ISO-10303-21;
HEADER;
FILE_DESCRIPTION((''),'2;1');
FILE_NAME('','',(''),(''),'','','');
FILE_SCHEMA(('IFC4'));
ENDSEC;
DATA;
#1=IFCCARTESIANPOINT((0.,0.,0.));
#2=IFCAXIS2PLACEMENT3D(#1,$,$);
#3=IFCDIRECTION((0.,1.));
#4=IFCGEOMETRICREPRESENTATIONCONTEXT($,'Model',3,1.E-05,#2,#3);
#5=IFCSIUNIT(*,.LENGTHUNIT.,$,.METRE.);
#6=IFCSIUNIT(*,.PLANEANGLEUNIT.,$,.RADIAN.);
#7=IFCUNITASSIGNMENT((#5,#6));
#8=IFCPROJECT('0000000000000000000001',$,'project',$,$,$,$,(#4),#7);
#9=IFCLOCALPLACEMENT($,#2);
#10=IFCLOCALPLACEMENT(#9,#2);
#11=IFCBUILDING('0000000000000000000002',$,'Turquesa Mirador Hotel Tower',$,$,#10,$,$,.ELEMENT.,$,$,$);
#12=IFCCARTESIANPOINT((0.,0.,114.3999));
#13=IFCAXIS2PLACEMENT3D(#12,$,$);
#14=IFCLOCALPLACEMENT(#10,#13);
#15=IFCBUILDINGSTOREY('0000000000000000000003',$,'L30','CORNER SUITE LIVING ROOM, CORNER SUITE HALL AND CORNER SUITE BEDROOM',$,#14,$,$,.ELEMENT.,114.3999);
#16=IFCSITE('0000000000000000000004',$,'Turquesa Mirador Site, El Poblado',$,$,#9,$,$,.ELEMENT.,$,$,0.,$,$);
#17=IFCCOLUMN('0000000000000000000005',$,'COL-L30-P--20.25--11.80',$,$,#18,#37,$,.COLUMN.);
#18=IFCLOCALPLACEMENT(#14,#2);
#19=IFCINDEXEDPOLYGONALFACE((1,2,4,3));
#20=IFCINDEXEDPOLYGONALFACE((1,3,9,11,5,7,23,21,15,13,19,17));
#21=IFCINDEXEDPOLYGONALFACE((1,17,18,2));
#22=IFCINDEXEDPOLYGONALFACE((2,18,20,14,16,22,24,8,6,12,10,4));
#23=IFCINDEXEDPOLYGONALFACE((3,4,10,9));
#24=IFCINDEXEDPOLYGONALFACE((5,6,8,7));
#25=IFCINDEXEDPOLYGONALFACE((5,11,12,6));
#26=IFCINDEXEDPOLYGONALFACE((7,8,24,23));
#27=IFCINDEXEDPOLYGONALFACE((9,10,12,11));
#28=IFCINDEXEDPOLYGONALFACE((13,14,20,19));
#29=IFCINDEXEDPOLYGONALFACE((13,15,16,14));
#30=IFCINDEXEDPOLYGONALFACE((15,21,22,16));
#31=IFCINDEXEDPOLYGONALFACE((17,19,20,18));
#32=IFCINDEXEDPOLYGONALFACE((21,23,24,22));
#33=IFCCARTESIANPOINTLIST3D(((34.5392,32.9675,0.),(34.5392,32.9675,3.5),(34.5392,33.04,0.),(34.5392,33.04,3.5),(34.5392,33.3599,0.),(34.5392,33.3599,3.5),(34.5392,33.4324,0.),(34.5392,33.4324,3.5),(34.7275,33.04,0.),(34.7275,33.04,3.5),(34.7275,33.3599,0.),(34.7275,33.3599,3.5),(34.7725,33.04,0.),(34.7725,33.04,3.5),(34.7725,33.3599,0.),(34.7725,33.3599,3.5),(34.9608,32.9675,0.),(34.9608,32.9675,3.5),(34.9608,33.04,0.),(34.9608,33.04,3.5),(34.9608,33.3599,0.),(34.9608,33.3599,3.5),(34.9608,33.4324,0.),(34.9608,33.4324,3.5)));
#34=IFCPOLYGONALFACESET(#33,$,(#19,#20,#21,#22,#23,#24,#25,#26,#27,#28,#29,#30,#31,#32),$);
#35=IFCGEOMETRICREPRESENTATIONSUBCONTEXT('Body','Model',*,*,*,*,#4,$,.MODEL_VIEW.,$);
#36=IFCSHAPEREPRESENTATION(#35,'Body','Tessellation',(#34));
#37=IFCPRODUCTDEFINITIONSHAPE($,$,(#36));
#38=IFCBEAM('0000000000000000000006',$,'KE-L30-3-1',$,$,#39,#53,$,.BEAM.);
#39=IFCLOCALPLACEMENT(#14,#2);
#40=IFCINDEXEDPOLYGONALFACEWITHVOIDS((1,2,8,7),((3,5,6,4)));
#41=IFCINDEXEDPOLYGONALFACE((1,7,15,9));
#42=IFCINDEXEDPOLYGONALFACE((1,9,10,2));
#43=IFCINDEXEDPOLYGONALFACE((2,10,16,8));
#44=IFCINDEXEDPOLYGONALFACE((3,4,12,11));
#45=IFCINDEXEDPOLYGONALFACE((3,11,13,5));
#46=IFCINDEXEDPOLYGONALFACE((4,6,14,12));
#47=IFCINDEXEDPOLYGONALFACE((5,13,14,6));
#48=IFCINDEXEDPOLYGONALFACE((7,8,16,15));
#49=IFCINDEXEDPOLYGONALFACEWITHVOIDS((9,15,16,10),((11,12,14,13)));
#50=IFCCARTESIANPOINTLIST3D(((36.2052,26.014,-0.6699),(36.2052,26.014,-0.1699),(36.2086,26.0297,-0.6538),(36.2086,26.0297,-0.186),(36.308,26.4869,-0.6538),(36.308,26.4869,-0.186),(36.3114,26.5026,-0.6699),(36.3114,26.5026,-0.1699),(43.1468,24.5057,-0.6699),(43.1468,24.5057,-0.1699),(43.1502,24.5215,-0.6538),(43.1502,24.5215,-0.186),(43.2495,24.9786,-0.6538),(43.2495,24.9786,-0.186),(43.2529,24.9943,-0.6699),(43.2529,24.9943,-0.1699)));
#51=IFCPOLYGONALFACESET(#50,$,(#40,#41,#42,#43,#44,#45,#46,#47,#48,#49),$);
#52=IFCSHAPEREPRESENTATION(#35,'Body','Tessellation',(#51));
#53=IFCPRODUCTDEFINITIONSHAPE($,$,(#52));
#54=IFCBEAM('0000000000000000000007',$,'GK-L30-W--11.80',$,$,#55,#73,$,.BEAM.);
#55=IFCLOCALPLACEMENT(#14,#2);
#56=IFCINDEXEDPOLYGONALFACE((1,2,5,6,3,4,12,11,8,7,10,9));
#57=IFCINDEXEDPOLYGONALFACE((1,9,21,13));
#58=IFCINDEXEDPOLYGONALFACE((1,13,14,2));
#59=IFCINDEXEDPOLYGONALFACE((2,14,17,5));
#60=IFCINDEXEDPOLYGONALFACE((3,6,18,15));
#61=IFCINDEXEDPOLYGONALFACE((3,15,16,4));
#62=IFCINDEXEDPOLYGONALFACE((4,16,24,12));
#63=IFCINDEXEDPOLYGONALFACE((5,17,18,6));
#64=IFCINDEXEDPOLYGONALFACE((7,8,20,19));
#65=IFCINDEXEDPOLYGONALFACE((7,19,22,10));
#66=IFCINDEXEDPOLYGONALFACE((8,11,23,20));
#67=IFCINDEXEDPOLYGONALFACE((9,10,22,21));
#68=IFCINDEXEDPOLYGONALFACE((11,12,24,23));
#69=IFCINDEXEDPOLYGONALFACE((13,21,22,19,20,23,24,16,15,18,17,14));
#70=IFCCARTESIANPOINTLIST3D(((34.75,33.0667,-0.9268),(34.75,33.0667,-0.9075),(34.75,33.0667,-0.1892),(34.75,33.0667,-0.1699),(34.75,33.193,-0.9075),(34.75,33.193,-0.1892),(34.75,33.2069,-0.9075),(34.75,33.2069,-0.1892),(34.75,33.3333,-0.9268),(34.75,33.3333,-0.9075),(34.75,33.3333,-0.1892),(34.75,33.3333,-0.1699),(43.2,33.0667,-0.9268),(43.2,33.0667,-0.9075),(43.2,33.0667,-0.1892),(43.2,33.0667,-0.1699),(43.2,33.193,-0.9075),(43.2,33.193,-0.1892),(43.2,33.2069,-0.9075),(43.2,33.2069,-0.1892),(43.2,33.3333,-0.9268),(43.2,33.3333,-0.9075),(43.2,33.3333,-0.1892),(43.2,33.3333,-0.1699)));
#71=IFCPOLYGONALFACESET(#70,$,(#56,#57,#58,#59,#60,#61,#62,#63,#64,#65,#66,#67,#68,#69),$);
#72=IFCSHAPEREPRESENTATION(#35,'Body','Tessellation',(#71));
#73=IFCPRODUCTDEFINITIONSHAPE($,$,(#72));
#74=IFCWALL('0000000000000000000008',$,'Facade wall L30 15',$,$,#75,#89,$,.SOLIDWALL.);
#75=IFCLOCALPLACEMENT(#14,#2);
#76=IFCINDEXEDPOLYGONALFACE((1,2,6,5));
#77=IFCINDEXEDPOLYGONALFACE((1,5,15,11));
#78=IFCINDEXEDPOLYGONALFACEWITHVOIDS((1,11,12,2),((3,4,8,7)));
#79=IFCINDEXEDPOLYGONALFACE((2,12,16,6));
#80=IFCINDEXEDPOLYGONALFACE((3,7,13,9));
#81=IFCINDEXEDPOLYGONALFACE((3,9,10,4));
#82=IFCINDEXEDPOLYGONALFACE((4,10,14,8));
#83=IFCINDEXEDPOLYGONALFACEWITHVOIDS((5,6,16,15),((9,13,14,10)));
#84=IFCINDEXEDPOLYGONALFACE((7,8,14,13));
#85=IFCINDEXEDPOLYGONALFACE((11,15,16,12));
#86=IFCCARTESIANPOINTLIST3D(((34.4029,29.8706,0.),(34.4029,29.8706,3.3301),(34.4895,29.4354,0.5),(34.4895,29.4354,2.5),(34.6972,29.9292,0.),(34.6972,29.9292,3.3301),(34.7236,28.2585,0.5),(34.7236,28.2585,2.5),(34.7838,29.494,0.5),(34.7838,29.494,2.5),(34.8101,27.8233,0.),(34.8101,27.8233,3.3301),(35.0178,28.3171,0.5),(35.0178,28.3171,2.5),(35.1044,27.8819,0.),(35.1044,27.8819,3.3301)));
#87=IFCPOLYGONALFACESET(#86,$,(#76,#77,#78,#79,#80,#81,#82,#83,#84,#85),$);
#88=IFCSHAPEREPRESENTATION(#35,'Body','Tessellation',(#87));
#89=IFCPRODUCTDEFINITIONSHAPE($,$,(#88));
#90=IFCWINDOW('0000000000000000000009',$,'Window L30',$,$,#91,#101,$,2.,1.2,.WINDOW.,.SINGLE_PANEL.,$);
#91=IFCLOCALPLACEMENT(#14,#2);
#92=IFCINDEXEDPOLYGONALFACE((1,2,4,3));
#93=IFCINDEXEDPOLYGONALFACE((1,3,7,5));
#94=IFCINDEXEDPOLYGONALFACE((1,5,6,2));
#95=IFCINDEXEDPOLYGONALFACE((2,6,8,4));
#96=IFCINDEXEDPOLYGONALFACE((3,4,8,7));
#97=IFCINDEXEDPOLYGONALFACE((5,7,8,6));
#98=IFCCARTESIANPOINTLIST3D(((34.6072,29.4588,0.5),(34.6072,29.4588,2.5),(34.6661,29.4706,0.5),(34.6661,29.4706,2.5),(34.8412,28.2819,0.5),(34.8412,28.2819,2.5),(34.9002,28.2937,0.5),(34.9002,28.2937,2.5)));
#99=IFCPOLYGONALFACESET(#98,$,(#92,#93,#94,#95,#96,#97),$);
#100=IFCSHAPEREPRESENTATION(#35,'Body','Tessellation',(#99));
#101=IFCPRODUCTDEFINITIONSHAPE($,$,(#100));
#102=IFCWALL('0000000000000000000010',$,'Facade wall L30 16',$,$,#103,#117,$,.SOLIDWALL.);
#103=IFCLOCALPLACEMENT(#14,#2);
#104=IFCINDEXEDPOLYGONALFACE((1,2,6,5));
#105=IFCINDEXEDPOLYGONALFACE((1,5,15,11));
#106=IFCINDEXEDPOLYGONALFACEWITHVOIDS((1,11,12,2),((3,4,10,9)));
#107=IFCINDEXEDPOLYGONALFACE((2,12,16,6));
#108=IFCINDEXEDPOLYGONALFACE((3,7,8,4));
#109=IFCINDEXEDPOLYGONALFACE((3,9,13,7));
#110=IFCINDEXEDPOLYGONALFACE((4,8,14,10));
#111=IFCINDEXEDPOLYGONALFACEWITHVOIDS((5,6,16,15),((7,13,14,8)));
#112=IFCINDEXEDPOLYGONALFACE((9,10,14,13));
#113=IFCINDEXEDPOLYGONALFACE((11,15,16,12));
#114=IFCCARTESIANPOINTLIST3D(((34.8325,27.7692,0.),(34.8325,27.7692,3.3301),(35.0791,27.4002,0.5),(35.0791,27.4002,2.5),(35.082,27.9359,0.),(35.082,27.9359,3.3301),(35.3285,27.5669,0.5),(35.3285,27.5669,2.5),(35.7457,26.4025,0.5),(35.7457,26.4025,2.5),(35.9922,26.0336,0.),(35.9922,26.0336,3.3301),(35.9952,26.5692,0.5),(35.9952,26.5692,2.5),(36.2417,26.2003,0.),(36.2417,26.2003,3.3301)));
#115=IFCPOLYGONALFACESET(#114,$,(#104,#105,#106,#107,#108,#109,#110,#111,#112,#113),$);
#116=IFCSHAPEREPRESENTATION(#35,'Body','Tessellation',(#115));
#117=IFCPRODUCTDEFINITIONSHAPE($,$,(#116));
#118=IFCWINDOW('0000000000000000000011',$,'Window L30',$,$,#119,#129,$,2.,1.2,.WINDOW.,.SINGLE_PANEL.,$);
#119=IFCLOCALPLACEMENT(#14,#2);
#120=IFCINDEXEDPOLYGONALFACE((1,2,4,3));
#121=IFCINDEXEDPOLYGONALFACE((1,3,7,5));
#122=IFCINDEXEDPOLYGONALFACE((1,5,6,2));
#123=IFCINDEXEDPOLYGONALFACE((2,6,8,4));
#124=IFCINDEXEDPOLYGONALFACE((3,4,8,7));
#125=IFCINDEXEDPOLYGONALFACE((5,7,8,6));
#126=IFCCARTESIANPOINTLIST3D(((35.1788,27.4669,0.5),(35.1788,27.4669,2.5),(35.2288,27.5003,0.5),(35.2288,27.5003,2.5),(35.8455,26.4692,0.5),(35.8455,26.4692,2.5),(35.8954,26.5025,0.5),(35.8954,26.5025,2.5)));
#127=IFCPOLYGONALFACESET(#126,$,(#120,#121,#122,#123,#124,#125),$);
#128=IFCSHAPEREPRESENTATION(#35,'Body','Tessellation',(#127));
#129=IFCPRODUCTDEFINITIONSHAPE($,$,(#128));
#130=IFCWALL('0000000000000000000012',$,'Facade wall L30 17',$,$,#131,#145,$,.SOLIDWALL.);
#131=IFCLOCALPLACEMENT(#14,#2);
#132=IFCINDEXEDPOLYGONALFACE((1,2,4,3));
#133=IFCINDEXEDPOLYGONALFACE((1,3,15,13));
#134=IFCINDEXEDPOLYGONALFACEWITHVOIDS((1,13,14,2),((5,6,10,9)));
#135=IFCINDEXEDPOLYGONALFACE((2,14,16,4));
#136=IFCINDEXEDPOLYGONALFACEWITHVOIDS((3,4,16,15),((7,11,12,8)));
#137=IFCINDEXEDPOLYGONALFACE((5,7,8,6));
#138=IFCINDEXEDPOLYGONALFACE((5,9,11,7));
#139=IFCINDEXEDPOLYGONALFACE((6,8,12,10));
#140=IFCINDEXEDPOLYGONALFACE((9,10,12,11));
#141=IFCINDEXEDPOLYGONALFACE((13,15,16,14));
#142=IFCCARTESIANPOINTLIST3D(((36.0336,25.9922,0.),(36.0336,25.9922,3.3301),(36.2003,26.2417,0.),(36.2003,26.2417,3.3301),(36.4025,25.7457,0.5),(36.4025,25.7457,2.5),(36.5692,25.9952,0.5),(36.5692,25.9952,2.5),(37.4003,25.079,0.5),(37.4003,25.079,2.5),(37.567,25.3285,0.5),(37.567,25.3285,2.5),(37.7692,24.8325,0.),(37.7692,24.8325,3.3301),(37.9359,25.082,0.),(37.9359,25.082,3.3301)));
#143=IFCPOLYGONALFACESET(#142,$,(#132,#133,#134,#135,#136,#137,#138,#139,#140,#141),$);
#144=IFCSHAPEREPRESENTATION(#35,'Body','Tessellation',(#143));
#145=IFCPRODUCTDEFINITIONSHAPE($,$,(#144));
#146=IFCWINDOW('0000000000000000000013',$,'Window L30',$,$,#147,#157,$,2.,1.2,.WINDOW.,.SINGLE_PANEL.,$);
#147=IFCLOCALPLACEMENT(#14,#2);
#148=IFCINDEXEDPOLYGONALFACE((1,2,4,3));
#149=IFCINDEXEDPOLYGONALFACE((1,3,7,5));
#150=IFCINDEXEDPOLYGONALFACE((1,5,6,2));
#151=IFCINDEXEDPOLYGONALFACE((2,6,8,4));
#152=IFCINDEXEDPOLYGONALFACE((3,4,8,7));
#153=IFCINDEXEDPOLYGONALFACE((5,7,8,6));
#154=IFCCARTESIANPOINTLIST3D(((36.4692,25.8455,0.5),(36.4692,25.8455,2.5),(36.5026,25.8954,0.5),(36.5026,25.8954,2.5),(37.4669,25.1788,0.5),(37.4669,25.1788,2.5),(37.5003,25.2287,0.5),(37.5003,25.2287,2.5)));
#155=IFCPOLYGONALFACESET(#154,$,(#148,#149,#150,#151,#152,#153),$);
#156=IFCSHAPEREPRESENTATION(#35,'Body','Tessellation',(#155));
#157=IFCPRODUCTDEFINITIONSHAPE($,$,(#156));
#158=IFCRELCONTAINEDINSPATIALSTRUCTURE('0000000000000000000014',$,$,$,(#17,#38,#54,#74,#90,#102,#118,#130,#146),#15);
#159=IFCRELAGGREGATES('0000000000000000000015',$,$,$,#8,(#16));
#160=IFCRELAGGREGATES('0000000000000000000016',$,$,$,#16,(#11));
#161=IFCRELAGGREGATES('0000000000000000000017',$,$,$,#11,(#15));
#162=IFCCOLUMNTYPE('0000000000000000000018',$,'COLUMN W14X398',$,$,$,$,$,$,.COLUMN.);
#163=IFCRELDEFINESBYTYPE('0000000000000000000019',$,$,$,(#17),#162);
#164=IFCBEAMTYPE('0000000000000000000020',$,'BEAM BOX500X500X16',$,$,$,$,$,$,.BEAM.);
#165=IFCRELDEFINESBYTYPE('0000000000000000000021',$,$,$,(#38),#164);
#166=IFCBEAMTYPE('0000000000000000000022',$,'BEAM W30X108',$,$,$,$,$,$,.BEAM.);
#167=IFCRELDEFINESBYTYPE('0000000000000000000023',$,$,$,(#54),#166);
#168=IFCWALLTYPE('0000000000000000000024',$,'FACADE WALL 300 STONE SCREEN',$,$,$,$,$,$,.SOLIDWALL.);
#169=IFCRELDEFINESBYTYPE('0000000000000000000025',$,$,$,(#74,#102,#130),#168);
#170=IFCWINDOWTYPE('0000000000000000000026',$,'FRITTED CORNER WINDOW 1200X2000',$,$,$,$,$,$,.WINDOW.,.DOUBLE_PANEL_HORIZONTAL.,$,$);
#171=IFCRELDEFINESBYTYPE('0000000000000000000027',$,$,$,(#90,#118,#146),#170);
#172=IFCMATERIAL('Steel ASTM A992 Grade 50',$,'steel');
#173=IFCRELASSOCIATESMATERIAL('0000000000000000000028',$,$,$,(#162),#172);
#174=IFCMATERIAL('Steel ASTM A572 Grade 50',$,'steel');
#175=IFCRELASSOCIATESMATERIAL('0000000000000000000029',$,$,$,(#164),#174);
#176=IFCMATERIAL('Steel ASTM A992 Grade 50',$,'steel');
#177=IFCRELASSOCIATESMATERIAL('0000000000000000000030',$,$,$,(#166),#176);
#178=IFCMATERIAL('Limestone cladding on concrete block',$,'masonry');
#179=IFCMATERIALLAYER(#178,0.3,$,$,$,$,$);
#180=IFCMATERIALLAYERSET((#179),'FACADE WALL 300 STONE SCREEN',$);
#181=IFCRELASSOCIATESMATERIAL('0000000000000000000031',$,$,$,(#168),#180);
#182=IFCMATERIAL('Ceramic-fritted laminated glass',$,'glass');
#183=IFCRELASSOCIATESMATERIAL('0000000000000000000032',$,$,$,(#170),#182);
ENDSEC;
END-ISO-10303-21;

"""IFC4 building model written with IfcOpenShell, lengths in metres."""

from ifc_helpers import new_model, si_unit, direction, frame, frame_2d, origin, origin_2d, place, context, subcontext, project, spatial, rectangle, hollow_rectangle, i_section, extrude, material, layer, layer_set, material_profile, profile_set, type_object, element, fill, save


model = new_model("IFC4")

# Units and contexts
model_context = context("Model", 3, precision=1e-05, world=origin(), true_north=direction((0.0, 1.0)))
body_context = subcontext(model_context, "Body", "Model", "MODEL_VIEW")
ifc_project = project(units=[si_unit("LENGTHUNIT", "METRE"), si_unit("PLANEANGLEUNIT", "RADIAN")], contexts=[model_context])

# Site, building, storey
site_placement = place(None, origin())
site = spatial("IfcSite", under=ifc_project, at=site_placement, Name="Turquesa Mirador Site, El Poblado", CompositionType="ELEMENT", RefElevation=0.0)
building_placement = place(site_placement, origin())
building = spatial("IfcBuilding", under=site, at=building_placement, Name="Turquesa Mirador Hotel Tower", CompositionType="ELEMENT")
storey_placement = place(building_placement, frame((0.0, 0.0, 114.3999)))
storey = spatial("IfcBuildingStorey", under=building, at=storey_placement, Name="L30", Description="CORNER SUITE LIVING ROOM, CORNER SUITE HALL AND CORNER SUITE BEDROOM", CompositionType="ELEMENT", Elevation=114.3999)

# Column
ifc_material_1 = material(Name="Steel ASTM A992 Grade 50", Category="steel")
ifc_material_profile_1 = material_profile(ifc_material_1, i_section(OverallWidth=0.4216, OverallDepth=0.4648, WebThickness=0.0449, FlangeThickness=0.0725, at=origin_2d()), Name="W14X398")
ifc_profile_set_1 = profile_set([ifc_material_profile_1], Name="Steel ASTM A992 Grade 50")
column_type = type_object("IfcColumnType", Name="COLUMN W14X398", PredefinedType="COLUMN", material=ifc_profile_set_1)
column_placement = place(storey_placement, frame((34.75, 33.2, 0.0), z_axis=(0.0, 0.0, 1.0), x_axis=(1.0, 0.0, 0.0)))
element("IfcColumn", 1, at=column_placement, inside=storey, type_object=column_type, Name="COL-L30-P--20.25--11.80", PredefinedType="COLUMN", context=body_context, shape_type="SweptSolid", body=[
    extrude(i_section(OverallWidth=0.4216, OverallDepth=0.4648, WebThickness=0.0449, FlangeThickness=0.0725, at=origin_2d()), origin(), (0.0, 0.0, 1.0), 3.5),
])

# Beams
ifc_material_2 = material(Name="Steel ASTM A572 Grade 50", Category="steel")
ifc_material_profile_2 = material_profile(ifc_material_2, hollow_rectangle(XDim=0.5, YDim=0.5, WallThickness=0.0161, at=origin_2d()), Name="BOX500X500X16")
ifc_profile_set_2 = profile_set([ifc_material_profile_2], Name="Steel ASTM A572 Grade 50")
beam_type_1 = type_object("IfcBeamType", Name="BEAM BOX500X500X16", PredefinedType="BEAM", material=ifc_profile_set_2)
beam_1_placement = place(storey_placement, frame((36.2583, 26.2583, -0.4199), z_axis=(0.977198, -0.212328, 0.0), x_axis=(0.212328, 0.977198, 0.0)))
element("IfcBeam", 2, at=beam_1_placement, inside=storey, type_object=beam_type_1, Name="KE-L30-3-1", PredefinedType="BEAM", context=body_context, shape_type="SweptSolid", body=[
    extrude(hollow_rectangle(XDim=0.5, YDim=0.5, WallThickness=0.0161, at=origin_2d()), origin(), (0.0, 0.0, 1.0), 7.1035),
])
ifc_material_3 = material(Name="Steel ASTM A992 Grade 50", Category="steel")
ifc_material_profile_3 = material_profile(ifc_material_3, i_section(OverallWidth=0.2666, OverallDepth=0.7568, WebThickness=0.0139, FlangeThickness=0.0193, at=origin_2d()), Name="W30X108")
ifc_profile_set_3 = profile_set([ifc_material_profile_3], Name="Steel ASTM A992 Grade 50")
beam_type_2 = type_object("IfcBeamType", Name="BEAM W30X108", PredefinedType="BEAM", material=ifc_profile_set_3)
beam_2_placement = place(storey_placement, frame((34.75, 33.2, -0.5483), z_axis=(1.0, 0.0, 0.0), x_axis=(0.0, 1.0, 0.0)))
element("IfcBeam", 3, at=beam_2_placement, inside=storey, type_object=beam_type_2, Name="GK-L30-W--11.80", PredefinedType="BEAM", context=body_context, shape_type="SweptSolid", body=[
    extrude(i_section(OverallWidth=0.2666, OverallDepth=0.7568, WebThickness=0.0139, FlangeThickness=0.0193, at=origin_2d()), origin(), (0.0, 0.0, 1.0), 8.45),
])

# Walls, openings, windows
ifc_material_4 = material(Name="Limestone cladding on concrete block", Category="masonry")
ifc_layer_1 = layer(ifc_material_4, 0.3)
ifc_layer_set_1 = layer_set([ifc_layer_1], Name="FACADE WALL 300 STONE SCREEN")
wall_type_1 = type_object("IfcWallType", Name="FACADE WALL 300 STONE SCREEN", PredefinedType="SOLIDWALL", material=ifc_layer_set_1)
wall_1_placement = place(storey_placement, frame((34.55, 29.8999, 0.0), z_axis=(0.0, 0.0, 1.0), x_axis=(0.195081, -0.980787, 0.0)))
wall_1 = element("IfcWall", 4, at=wall_1_placement, inside=storey, type_object=wall_type_1, Name="Facade wall L30 15", PredefinedType="SOLIDWALL", context=body_context, shape_type="SweptSolid", body=[
    extrude(rectangle(XDim=2.0874, YDim=0.3, at=frame_2d((1.0437, 0.0))), origin(), (0.0, 0.0, 1.0), 3.3301),
])
opening_1_placement = place(wall_1_placement, frame((0.4436, 0.0, 0.5)))
opening_1 = element("IfcOpeningElement", 5, at=opening_1_placement, cuts=wall_1, PredefinedType="OPENING", context=body_context, shape_type="SweptSolid", body=[
    extrude(rectangle(XDim=1.2, YDim=2.0, at=frame_2d((0.6001, 1.0))), frame((0.0, 0.1599, 0.0), z_axis=(0.0, -1.0, 0.0), x_axis=(1.0, 0.0, 0.0)), (0.0, 0.0, 1.0), 0.3201),
])
ifc_material_5 = material(Name="Ceramic-fritted laminated glass", Category="glass")
window_type_1 = type_object("IfcWindowType", Name="FRITTED CORNER WINDOW 1200X2000", PartitioningType="DOUBLE_PANEL_HORIZONTAL", PredefinedType="WINDOW", material=ifc_material_5)
window_1_placement = place(opening_1_placement, origin())
window_1 = element("IfcWindow", 6, at=window_1_placement, inside=storey, type_object=window_type_1, Name="Window L30", OverallHeight=2.0, OverallWidth=1.2, PartitioningType="SINGLE_PANEL", PredefinedType="WINDOW", context=body_context, shape_type="SweptSolid", body=[
    extrude(rectangle(XDim=1.2, YDim=2.0, at=frame_2d((0.6001, 1.0))), frame((0.0, 0.03, 0.0), z_axis=(0.0, -1.0, 0.0), x_axis=(1.0, 0.0, 0.0)), (0.0, 0.0, 1.0), 0.0601),
])
fill(opening_1, window_1)
wall_2_placement = place(storey_placement, frame((34.9573, 27.8525, 0.0), z_axis=(0.0, 0.0, 1.0), x_axis=(0.555564, -0.831474, 0.0)))
wall_2 = element("IfcWall", 7, at=wall_2_placement, inside=storey, type_object=wall_type_1, Name="Facade wall L30 16", PredefinedType="SOLIDWALL", context=body_context, shape_type="SweptSolid", body=[
    extrude(rectangle(XDim=2.0874, YDim=0.3, at=frame_2d((1.0437, 0.0))), origin(), (0.0, 0.0, 1.0), 3.3301),
])
opening_2_placement = place(wall_2_placement, frame((0.4436, 0.0, 0.5)))
opening_2 = element("IfcOpeningElement", 8, at=opening_2_placement, cuts=wall_2, PredefinedType="OPENING", context=body_context, shape_type="SweptSolid", body=[
    extrude(rectangle(XDim=1.2, YDim=2.0, at=frame_2d((0.6001, 1.0))), frame((0.0, 0.1599, 0.0), z_axis=(0.0, -1.0, 0.0), x_axis=(1.0, 0.0, 0.0)), (0.0, 0.0, 1.0), 0.3201),
])
window_2_placement = place(opening_2_placement, origin())
window_2 = element("IfcWindow", 9, at=window_2_placement, inside=storey, type_object=window_type_1, Name="Window L30", OverallHeight=2.0, OverallWidth=1.2, PartitioningType="SINGLE_PANEL", PredefinedType="WINDOW", context=body_context, shape_type="SweptSolid", body=[
    extrude(rectangle(XDim=1.2, YDim=2.0, at=frame_2d((0.6001, 1.0))), frame((0.0, 0.03, 0.0), z_axis=(0.0, -1.0, 0.0), x_axis=(1.0, 0.0, 0.0)), (0.0, 0.0, 1.0), 0.0601),
])
fill(opening_2, window_2)
wall_3_placement = place(storey_placement, frame((36.1169, 26.1169, 0.0), z_axis=(0.0, 0.0, 1.0), x_axis=(0.831474, -0.555564, 0.0)))
wall_3 = element("IfcWall", 10, at=wall_3_placement, inside=storey, type_object=wall_type_1, Name="Facade wall L30 17", PredefinedType="SOLIDWALL", context=body_context, shape_type="SweptSolid", body=[
    extrude(rectangle(XDim=2.0874, YDim=0.3, at=frame_2d((1.0437, 0.0))), origin(), (0.0, 0.0, 1.0), 3.3301),
])
opening_3_placement = place(wall_3_placement, frame((0.4436, 0.0, 0.5)))
opening_3 = element("IfcOpeningElement", 11, at=opening_3_placement, cuts=wall_3, PredefinedType="OPENING", context=body_context, shape_type="SweptSolid", body=[
    extrude(rectangle(XDim=1.2, YDim=2.0, at=frame_2d((0.6001, 1.0))), frame((0.0, 0.1599, 0.0), z_axis=(0.0, -1.0, 0.0), x_axis=(1.0, 0.0, 0.0)), (0.0, 0.0, 1.0), 0.3201),
])
window_3_placement = place(opening_3_placement, origin())
window_3 = element("IfcWindow", 12, at=window_3_placement, inside=storey, type_object=window_type_1, Name="Window L30", OverallHeight=2.0, OverallWidth=1.2, PartitioningType="SINGLE_PANEL", PredefinedType="WINDOW", context=body_context, shape_type="SweptSolid", body=[
    extrude(rectangle(XDim=1.2, YDim=2.0, at=frame_2d((0.6001, 1.0))), frame((0.0, 0.03, 0.0), z_axis=(0.0, -1.0, 0.0), x_axis=(1.0, 0.0, 0.0)), (0.0, 0.0, 1.0), 0.0601),
])
fill(opening_3, window_3)

save(model, "model.ifc")
